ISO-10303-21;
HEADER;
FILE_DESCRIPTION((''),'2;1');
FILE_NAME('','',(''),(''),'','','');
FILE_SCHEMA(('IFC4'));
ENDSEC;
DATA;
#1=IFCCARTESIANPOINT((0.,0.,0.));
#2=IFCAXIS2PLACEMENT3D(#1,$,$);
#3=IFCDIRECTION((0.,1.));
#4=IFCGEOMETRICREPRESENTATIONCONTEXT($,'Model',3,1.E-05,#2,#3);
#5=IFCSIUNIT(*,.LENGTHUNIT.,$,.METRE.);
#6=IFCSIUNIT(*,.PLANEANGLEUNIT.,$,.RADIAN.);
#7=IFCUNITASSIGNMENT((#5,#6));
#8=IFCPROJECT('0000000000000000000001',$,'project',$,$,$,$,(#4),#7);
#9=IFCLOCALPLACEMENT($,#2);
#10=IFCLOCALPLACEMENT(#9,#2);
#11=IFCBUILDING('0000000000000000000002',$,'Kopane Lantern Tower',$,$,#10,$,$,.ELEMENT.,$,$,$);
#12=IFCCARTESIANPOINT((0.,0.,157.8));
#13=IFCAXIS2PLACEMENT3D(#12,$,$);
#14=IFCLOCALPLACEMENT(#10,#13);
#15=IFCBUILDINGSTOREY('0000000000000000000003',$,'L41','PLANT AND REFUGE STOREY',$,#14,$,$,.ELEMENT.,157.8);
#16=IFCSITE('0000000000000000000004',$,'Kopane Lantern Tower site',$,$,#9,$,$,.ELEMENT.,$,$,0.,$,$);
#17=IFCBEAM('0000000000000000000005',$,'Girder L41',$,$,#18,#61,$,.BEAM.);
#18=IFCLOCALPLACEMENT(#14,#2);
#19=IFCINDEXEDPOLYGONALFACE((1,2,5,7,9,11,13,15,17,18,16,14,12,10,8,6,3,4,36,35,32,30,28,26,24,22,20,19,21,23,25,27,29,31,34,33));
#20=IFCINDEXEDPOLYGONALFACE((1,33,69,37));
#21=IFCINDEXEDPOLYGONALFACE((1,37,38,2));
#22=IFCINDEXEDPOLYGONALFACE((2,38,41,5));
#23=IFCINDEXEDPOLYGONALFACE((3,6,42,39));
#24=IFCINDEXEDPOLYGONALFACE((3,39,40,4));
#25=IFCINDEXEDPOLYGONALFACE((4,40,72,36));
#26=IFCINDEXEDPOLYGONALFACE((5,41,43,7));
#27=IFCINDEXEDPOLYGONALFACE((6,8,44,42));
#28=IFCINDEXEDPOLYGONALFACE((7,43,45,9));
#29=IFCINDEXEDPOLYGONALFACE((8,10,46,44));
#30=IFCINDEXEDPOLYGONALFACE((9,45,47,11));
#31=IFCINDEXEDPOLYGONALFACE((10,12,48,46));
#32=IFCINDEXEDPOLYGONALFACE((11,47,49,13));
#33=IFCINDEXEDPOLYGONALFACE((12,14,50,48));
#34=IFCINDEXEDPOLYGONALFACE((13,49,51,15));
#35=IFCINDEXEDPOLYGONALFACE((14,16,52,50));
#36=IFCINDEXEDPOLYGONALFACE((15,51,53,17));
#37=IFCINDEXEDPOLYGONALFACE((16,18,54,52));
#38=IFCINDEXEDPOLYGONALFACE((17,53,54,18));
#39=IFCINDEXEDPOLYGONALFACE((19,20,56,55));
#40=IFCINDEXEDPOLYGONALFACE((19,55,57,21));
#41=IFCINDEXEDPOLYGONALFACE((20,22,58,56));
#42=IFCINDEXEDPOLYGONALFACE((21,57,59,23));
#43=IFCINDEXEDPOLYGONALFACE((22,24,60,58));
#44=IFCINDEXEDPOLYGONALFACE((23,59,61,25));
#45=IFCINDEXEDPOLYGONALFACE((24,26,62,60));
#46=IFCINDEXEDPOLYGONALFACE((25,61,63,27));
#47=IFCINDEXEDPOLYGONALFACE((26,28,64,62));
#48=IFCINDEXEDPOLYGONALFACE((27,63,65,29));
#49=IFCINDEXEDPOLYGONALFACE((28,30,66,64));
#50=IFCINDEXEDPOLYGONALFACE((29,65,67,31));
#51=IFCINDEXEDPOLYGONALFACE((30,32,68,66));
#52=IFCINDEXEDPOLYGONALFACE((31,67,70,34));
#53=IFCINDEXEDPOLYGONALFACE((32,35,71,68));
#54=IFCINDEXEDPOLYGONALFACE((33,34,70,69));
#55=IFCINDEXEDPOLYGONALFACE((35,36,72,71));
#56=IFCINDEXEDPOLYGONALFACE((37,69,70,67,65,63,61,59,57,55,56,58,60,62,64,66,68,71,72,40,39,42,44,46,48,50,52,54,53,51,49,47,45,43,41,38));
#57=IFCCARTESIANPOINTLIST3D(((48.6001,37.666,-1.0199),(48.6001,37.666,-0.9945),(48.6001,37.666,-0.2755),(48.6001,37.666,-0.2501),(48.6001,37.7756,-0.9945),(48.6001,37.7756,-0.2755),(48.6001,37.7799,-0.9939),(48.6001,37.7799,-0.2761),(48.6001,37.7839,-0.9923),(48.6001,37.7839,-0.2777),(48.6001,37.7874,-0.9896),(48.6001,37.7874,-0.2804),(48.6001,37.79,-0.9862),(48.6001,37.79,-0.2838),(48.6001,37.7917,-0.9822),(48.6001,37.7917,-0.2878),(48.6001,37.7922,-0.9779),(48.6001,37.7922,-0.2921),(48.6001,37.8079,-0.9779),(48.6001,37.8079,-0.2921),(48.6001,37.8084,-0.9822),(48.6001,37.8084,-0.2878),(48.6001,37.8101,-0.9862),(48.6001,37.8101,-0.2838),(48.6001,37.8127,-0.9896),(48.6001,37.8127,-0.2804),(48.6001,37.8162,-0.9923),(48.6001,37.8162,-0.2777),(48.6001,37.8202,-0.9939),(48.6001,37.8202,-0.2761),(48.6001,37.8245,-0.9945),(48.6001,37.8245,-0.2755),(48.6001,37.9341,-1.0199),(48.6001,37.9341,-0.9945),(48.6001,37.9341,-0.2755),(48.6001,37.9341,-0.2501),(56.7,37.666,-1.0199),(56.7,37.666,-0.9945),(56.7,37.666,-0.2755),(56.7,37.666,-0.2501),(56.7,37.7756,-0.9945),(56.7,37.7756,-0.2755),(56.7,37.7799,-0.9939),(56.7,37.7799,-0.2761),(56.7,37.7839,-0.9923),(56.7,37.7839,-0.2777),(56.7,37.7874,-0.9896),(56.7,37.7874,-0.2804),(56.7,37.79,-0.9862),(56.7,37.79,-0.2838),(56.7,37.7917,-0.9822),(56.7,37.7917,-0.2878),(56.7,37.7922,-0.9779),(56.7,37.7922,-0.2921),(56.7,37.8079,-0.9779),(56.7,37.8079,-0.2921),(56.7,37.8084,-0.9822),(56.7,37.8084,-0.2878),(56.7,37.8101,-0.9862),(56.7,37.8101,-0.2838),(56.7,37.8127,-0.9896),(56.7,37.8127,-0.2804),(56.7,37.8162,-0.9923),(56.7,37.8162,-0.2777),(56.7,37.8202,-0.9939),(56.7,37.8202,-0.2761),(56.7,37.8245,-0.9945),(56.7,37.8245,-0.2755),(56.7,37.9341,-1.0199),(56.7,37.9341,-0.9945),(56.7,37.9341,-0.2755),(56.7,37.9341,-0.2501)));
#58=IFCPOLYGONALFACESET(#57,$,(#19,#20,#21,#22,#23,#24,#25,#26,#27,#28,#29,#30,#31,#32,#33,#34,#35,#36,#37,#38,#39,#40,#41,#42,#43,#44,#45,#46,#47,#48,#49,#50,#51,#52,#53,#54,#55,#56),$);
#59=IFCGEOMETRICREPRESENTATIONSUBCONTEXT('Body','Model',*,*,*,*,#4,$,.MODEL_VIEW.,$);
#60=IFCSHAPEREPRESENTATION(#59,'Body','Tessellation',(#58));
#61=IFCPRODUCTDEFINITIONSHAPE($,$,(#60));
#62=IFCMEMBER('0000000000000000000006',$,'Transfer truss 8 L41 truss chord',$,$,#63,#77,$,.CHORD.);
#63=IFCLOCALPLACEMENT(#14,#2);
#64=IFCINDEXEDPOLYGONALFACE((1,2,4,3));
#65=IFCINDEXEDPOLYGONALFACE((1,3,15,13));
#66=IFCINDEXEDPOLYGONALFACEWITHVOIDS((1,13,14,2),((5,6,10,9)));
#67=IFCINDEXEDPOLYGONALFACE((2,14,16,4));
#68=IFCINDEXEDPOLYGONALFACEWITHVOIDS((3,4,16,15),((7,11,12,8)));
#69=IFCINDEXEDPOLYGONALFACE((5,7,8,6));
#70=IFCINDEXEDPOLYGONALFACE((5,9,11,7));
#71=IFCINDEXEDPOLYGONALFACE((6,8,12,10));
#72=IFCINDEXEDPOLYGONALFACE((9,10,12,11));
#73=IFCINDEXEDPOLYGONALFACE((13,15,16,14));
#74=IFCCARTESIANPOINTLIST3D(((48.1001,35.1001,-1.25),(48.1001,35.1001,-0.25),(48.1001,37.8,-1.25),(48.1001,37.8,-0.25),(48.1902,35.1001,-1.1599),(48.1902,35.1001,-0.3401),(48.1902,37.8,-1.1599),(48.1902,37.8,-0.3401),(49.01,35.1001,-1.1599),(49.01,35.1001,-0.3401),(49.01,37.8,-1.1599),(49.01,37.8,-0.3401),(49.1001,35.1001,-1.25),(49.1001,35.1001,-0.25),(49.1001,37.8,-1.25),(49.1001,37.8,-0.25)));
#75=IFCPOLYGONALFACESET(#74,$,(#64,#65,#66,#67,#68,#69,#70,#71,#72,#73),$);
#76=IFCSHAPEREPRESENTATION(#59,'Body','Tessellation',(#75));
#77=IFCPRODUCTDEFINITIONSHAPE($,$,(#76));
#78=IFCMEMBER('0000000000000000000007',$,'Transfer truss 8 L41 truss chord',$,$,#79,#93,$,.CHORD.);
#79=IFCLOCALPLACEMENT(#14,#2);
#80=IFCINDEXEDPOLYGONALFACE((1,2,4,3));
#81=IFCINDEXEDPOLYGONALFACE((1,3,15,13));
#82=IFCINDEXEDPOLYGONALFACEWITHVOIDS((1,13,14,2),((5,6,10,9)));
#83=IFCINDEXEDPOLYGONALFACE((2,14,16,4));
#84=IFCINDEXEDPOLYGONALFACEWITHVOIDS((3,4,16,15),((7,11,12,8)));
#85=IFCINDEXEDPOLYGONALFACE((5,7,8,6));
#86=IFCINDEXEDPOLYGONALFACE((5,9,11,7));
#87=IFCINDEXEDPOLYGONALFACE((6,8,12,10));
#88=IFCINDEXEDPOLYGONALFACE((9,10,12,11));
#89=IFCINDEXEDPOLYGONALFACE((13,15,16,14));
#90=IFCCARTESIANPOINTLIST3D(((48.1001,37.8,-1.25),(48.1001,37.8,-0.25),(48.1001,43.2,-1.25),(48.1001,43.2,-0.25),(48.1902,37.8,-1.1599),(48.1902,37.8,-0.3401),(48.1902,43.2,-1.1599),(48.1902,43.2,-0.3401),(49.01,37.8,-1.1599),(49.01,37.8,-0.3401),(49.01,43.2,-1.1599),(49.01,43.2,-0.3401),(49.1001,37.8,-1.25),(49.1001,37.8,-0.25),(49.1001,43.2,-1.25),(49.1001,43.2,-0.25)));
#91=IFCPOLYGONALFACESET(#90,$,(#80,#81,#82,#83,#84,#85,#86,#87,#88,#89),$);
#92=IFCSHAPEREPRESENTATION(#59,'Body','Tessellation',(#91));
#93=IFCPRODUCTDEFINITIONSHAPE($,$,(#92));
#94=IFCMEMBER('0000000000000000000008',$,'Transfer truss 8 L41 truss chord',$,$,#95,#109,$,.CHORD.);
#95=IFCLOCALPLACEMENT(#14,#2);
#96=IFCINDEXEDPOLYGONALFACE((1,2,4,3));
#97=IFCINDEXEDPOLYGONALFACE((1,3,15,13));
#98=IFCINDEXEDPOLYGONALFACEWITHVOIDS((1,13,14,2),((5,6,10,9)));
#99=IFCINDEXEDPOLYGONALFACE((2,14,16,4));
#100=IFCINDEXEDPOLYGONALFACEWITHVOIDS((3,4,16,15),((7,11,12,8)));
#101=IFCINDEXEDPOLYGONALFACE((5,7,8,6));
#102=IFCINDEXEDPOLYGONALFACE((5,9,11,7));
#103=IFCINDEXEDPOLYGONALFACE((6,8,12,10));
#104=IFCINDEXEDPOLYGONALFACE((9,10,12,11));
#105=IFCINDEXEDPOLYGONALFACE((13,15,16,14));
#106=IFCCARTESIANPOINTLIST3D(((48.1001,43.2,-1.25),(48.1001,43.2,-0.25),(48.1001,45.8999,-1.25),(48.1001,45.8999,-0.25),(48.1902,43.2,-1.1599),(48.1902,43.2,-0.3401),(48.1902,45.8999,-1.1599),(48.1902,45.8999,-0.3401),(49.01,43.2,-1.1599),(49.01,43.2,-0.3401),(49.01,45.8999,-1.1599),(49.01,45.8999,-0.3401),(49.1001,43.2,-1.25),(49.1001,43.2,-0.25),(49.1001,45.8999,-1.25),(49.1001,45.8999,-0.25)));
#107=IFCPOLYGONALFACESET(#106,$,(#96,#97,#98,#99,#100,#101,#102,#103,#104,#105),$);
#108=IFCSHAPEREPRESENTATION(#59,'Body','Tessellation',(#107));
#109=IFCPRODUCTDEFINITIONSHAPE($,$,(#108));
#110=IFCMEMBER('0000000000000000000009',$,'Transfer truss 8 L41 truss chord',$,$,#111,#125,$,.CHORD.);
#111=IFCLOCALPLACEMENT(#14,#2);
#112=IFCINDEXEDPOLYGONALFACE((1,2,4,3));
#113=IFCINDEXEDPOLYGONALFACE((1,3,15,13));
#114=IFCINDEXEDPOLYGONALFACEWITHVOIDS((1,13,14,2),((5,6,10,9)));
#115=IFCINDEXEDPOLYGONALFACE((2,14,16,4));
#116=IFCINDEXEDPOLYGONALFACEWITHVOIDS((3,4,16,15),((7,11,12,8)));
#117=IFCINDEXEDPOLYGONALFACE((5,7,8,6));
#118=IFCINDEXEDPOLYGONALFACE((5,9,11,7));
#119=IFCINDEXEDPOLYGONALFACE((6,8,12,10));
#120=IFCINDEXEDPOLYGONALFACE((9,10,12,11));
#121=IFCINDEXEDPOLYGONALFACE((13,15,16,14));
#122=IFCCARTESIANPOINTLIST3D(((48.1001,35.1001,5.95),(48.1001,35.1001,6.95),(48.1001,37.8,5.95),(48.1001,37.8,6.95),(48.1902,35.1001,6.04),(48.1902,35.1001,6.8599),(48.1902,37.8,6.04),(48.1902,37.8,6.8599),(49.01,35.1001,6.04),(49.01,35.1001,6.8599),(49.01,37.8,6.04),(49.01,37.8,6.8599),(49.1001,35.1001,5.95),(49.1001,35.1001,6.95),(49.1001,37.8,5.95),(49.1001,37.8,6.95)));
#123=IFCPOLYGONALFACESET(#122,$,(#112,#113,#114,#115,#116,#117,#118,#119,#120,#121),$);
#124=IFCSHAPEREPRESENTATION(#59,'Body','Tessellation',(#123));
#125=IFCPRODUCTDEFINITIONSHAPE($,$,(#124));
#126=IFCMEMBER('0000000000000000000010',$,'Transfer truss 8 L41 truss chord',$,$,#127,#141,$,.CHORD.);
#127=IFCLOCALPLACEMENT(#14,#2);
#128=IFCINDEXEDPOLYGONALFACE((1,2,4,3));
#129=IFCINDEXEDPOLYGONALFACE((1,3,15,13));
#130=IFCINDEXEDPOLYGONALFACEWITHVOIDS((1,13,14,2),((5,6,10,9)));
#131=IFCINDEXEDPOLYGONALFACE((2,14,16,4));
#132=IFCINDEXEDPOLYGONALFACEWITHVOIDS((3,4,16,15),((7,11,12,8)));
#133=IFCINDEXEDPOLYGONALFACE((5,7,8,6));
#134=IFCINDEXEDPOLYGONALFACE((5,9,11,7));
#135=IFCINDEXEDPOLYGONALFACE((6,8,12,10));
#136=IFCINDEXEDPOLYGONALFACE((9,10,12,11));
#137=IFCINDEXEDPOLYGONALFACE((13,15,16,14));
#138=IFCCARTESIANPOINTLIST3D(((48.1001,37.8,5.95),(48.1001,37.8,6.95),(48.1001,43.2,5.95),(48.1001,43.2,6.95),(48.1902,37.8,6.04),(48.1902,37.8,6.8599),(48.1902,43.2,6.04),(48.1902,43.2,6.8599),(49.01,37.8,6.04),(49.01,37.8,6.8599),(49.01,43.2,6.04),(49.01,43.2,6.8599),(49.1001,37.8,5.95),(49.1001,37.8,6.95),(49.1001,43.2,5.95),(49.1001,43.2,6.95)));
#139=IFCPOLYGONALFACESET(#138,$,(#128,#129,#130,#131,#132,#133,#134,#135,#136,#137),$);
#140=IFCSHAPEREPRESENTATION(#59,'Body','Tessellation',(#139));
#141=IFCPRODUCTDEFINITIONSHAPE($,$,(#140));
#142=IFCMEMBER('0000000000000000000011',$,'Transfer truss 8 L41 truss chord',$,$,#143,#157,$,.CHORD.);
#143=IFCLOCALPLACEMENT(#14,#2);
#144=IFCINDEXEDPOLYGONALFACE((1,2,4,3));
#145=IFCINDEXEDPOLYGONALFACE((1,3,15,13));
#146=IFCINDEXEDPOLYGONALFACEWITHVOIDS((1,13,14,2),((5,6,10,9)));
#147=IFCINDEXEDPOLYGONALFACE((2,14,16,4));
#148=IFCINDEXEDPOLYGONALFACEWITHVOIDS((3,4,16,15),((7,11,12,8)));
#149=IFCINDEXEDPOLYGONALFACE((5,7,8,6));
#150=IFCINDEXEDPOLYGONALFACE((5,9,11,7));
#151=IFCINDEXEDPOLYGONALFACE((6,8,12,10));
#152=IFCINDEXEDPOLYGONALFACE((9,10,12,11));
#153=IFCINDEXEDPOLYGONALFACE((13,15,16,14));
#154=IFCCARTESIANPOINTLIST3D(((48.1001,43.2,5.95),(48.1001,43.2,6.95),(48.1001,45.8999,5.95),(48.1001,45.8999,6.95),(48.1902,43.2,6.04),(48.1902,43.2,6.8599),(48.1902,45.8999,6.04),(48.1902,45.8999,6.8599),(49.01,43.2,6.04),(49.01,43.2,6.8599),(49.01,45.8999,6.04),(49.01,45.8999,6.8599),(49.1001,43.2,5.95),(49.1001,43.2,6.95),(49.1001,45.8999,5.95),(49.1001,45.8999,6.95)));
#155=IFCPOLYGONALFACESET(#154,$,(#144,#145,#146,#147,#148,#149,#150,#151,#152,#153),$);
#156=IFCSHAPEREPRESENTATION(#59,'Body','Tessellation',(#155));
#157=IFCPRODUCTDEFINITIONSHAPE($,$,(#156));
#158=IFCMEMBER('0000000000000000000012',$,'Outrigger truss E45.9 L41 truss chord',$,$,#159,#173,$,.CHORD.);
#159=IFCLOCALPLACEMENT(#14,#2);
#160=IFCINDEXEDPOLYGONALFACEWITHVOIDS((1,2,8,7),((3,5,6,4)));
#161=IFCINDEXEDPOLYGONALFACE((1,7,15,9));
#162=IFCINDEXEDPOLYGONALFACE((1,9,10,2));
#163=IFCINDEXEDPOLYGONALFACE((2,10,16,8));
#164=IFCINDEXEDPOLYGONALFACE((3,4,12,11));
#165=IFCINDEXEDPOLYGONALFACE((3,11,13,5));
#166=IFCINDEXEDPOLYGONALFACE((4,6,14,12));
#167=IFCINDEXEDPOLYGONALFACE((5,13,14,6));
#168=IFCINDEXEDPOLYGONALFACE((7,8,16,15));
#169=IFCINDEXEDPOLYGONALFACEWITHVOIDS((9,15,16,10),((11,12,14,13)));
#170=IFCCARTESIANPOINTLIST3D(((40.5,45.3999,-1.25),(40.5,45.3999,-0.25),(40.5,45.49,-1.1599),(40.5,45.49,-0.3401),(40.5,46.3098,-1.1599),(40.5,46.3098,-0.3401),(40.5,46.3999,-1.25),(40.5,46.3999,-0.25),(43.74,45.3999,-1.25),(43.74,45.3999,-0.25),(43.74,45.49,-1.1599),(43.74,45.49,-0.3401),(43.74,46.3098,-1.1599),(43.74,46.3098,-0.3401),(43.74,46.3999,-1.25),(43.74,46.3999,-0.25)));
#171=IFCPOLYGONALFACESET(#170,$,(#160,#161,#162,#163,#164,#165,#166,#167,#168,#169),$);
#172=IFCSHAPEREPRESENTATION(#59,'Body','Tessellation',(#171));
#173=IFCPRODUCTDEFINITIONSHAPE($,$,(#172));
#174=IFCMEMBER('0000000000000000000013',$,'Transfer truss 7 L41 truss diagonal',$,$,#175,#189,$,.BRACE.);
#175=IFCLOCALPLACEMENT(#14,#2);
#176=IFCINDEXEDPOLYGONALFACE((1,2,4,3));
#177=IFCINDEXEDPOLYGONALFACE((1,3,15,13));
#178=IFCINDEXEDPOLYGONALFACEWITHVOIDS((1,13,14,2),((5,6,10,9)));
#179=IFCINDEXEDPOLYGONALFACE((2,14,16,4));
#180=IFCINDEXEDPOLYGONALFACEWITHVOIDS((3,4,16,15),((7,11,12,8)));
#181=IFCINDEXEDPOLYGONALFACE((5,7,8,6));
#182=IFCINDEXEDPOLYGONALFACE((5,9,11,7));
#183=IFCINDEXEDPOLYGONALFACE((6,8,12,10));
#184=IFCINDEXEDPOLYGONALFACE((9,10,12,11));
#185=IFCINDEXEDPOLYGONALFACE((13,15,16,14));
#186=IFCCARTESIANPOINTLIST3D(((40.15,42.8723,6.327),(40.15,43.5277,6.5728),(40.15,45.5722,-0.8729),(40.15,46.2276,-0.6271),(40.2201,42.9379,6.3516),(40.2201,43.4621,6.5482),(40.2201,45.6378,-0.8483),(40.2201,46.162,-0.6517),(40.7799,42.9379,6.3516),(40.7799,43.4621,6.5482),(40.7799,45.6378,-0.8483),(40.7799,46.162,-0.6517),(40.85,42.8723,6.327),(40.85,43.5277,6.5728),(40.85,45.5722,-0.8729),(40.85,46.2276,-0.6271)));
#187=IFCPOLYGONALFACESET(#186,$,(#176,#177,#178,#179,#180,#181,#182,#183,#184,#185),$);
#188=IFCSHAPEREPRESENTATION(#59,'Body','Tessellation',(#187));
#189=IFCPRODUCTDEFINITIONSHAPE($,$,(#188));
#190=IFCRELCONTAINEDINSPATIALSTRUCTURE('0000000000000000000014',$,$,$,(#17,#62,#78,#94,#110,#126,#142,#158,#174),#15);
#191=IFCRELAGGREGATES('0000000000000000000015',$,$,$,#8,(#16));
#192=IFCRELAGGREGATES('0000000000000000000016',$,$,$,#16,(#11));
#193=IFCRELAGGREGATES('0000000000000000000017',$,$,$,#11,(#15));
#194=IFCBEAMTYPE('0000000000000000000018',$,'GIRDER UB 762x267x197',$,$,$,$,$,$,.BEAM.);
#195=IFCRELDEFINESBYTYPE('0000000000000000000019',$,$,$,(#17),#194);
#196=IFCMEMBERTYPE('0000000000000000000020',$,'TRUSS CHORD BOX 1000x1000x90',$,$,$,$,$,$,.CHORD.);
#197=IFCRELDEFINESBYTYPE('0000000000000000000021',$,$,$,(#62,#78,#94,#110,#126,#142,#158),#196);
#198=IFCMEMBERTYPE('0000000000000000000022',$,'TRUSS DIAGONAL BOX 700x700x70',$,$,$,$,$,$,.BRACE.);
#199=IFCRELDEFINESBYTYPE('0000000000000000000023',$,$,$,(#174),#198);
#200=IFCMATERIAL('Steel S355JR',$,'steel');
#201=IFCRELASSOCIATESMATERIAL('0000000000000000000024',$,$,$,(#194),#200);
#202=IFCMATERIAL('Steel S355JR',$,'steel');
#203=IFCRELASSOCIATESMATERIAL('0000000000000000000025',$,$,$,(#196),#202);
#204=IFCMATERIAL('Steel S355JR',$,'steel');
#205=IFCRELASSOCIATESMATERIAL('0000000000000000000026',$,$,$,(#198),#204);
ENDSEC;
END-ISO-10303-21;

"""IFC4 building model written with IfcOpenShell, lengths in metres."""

from ifc_helpers import new_model, si_unit, direction, frame, origin, origin_2d, place, context, subcontext, project, spatial, hollow_rectangle, i_section, extrude, material, material_profile, profile_set, type_object, element, save


model = new_model("IFC4")

# Units and contexts
model_context = context("Model", 3, precision=1e-05, world=origin(), true_north=direction((0.0, 1.0)))
body_context = subcontext(model_context, "Body", "Model", "MODEL_VIEW")
ifc_project = project(units=[si_unit("LENGTHUNIT", "METRE"), si_unit("PLANEANGLEUNIT", "RADIAN")], contexts=[model_context])

# Site, building, storey
site_placement = place(None, origin())
site = spatial("IfcSite", under=ifc_project, at=site_placement, Name="Kopane Lantern Tower site", CompositionType="ELEMENT", RefElevation=0.0)
building_placement = place(site_placement, origin())
building = spatial("IfcBuilding", under=site, at=building_placement, Name="Kopane Lantern Tower", CompositionType="ELEMENT")
storey_placement = place(building_placement, frame((0.0, 0.0, 157.8)))
storey = spatial("IfcBuildingStorey", under=building, at=storey_placement, Name="L41", Description="PLANT AND REFUGE STOREY", CompositionType="ELEMENT", Elevation=157.8)

# Beam
ifc_material_1 = material(Name="Steel S355JR", Category="steel")
ifc_material_profile_1 = material_profile(ifc_material_1, i_section(OverallWidth=0.2681, OverallDepth=0.7698, WebThickness=0.0156, FlangeThickness=0.0254, FilletRadius=0.0166, at=origin_2d()), Name="UB 762x267x197")
ifc_profile_set_1 = profile_set([ifc_material_profile_1], Name="Steel S355JR")
beam_type = type_object("IfcBeamType", Name="GIRDER UB 762x267x197", PredefinedType="BEAM", material=ifc_profile_set_1)
beam_placement = place(storey_placement, frame((48.6001, 37.8, -0.635), z_axis=(1.0, 0.0, 0.0), x_axis=(0.0, 1.0, 0.0)))
element("IfcBeam", 1, at=beam_placement, inside=storey, type_object=beam_type, Name="Girder L41", PredefinedType="BEAM", context=body_context, shape_type="SweptSolid", body=[
    extrude(i_section(OverallWidth=0.2681, OverallDepth=0.7698, WebThickness=0.0156, FlangeThickness=0.0254, FilletRadius=0.0166, at=origin_2d()), origin(), (0.0, 0.0, 1.0), 8.0999),
])

# Members
ifc_material_2 = material(Name="Steel S355JR", Category="steel")
ifc_material_profile_2 = material_profile(ifc_material_2, hollow_rectangle(XDim=1.0, YDim=1.0, WallThickness=0.0901, at=origin_2d()), Name="BOX 1000x1000x90")
ifc_profile_set_2 = profile_set([ifc_material_profile_2], Name="Steel S355JR")
member_type_1 = type_object("IfcMemberType", Name="TRUSS CHORD BOX 1000x1000x90", PredefinedType="CHORD", material=ifc_profile_set_2)
member_1_placement = place(storey_placement, frame((48.6001, 35.1001, -0.75), z_axis=(0.0, 1.0, 0.0), x_axis=(-1.0, 0.0, 0.0)))
element("IfcMember", 2, at=member_1_placement, inside=storey, type_object=member_type_1, Name="Transfer truss 8 L41 truss chord", PredefinedType="CHORD", context=body_context, shape_type="SweptSolid", body=[
    extrude(hollow_rectangle(XDim=1.0, YDim=1.0, WallThickness=0.0901, at=origin_2d()), origin(), (0.0, 0.0, 1.0), 2.7),
])
member_2_placement = place(storey_placement, frame((48.6001, 37.8, -0.75), z_axis=(0.0, 1.0, 0.0), x_axis=(-1.0, 0.0, 0.0)))
element("IfcMember", 3, at=member_2_placement, inside=storey, type_object=member_type_1, Name="Transfer truss 8 L41 truss chord", PredefinedType="CHORD", context=body_context, shape_type="SweptSolid", body=[
    extrude(hollow_rectangle(XDim=1.0, YDim=1.0, WallThickness=0.0901, at=origin_2d()), origin(), (0.0, 0.0, 1.0), 5.3999),
])
for number, where, z_axis, x_axis, name in (
    (4, (48.6001, 43.2, -0.75), (0.0, 1.0, 0.0), (-1.0, 0.0, 0.0), "Transfer truss 8 L41 truss chord"),
    (5, (48.6001, 35.1001, 6.45), (0.0, 1.0, 0.0), (-1.0, 0.0, 0.0), "Transfer truss 8 L41 truss chord"),
):
    element("IfcMember", number, at=place(storey_placement, frame(where, z_axis=z_axis, x_axis=x_axis)), inside=storey, type_object=member_type_1, Name=name, PredefinedType="CHORD", context=body_context, shape_type="SweptSolid", body=[
        extrude(hollow_rectangle(XDim=1.0, YDim=1.0, WallThickness=0.0901, at=origin_2d()), origin(), (0.0, 0.0, 1.0), 2.7),
    ])
member_3_placement = place(storey_placement, frame((48.6001, 37.8, 6.45), z_axis=(0.0, 1.0, 0.0), x_axis=(-1.0, 0.0, 0.0)))
element("IfcMember", 6, at=member_3_placement, inside=storey, type_object=member_type_1, Name="Transfer truss 8 L41 truss chord", PredefinedType="CHORD", context=body_context, shape_type="SweptSolid", body=[
    extrude(hollow_rectangle(XDim=1.0, YDim=1.0, WallThickness=0.0901, at=origin_2d()), origin(), (0.0, 0.0, 1.0), 5.3999),
])
member_4_placement = place(storey_placement, frame((48.6001, 43.2, 6.45), z_axis=(0.0, 1.0, 0.0), x_axis=(-1.0, 0.0, 0.0)))
element("IfcMember", 7, at=member_4_placement, inside=storey, type_object=member_type_1, Name="Transfer truss 8 L41 truss chord", PredefinedType="CHORD", context=body_context, shape_type="SweptSolid", body=[
    extrude(hollow_rectangle(XDim=1.0, YDim=1.0, WallThickness=0.0901, at=origin_2d()), origin(), (0.0, 0.0, 1.0), 2.7),
])
member_5_placement = place(storey_placement, frame((43.74, 45.8999, -0.75), z_axis=(-1.0, 0.0, 0.0), x_axis=(0.0, -1.0, 0.0)))
element("IfcMember", 8, at=member_5_placement, inside=storey, type_object=member_type_1, Name="Outrigger truss E45.9 L41 truss chord", PredefinedType="CHORD", context=body_context, shape_type="SweptSolid", body=[
    extrude(hollow_rectangle(XDim=1.0, YDim=1.0, WallThickness=0.0901, at=origin_2d()), origin(), (0.0, 0.0, 1.0), 3.24),
])
ifc_material_3 = material(Name="Steel S355JR", Category="steel")
ifc_material_profile_3 = material_profile(ifc_material_3, hollow_rectangle(XDim=0.7, YDim=0.7, WallThickness=0.0701, at=origin_2d()), Name="BOX 700x700x70")
ifc_profile_set_3 = profile_set([ifc_material_profile_3], Name="Steel S355JR")
member_type_2 = type_object("IfcMemberType", Name="TRUSS DIAGONAL BOX 700x700x70", PredefinedType="BRACE", material=ifc_profile_set_3)
member_6_placement = place(storey_placement, frame((40.5, 45.8999, -0.75), z_axis=(0.0, -0.35112, 0.93633), x_axis=(1.0, 0.0, 0.0)))
element("IfcMember", 9, at=member_6_placement, inside=storey, type_object=member_type_2, Name="Transfer truss 7 L41 truss diagonal", PredefinedType="BRACE", context=body_context, shape_type="SweptSolid", body=[
    extrude(hollow_rectangle(XDim=0.7, YDim=0.7, WallThickness=0.0701, at=origin_2d()), origin(), (0.0, 0.0, 1.0), 7.6895),
])

save(model, "model.ifc")
